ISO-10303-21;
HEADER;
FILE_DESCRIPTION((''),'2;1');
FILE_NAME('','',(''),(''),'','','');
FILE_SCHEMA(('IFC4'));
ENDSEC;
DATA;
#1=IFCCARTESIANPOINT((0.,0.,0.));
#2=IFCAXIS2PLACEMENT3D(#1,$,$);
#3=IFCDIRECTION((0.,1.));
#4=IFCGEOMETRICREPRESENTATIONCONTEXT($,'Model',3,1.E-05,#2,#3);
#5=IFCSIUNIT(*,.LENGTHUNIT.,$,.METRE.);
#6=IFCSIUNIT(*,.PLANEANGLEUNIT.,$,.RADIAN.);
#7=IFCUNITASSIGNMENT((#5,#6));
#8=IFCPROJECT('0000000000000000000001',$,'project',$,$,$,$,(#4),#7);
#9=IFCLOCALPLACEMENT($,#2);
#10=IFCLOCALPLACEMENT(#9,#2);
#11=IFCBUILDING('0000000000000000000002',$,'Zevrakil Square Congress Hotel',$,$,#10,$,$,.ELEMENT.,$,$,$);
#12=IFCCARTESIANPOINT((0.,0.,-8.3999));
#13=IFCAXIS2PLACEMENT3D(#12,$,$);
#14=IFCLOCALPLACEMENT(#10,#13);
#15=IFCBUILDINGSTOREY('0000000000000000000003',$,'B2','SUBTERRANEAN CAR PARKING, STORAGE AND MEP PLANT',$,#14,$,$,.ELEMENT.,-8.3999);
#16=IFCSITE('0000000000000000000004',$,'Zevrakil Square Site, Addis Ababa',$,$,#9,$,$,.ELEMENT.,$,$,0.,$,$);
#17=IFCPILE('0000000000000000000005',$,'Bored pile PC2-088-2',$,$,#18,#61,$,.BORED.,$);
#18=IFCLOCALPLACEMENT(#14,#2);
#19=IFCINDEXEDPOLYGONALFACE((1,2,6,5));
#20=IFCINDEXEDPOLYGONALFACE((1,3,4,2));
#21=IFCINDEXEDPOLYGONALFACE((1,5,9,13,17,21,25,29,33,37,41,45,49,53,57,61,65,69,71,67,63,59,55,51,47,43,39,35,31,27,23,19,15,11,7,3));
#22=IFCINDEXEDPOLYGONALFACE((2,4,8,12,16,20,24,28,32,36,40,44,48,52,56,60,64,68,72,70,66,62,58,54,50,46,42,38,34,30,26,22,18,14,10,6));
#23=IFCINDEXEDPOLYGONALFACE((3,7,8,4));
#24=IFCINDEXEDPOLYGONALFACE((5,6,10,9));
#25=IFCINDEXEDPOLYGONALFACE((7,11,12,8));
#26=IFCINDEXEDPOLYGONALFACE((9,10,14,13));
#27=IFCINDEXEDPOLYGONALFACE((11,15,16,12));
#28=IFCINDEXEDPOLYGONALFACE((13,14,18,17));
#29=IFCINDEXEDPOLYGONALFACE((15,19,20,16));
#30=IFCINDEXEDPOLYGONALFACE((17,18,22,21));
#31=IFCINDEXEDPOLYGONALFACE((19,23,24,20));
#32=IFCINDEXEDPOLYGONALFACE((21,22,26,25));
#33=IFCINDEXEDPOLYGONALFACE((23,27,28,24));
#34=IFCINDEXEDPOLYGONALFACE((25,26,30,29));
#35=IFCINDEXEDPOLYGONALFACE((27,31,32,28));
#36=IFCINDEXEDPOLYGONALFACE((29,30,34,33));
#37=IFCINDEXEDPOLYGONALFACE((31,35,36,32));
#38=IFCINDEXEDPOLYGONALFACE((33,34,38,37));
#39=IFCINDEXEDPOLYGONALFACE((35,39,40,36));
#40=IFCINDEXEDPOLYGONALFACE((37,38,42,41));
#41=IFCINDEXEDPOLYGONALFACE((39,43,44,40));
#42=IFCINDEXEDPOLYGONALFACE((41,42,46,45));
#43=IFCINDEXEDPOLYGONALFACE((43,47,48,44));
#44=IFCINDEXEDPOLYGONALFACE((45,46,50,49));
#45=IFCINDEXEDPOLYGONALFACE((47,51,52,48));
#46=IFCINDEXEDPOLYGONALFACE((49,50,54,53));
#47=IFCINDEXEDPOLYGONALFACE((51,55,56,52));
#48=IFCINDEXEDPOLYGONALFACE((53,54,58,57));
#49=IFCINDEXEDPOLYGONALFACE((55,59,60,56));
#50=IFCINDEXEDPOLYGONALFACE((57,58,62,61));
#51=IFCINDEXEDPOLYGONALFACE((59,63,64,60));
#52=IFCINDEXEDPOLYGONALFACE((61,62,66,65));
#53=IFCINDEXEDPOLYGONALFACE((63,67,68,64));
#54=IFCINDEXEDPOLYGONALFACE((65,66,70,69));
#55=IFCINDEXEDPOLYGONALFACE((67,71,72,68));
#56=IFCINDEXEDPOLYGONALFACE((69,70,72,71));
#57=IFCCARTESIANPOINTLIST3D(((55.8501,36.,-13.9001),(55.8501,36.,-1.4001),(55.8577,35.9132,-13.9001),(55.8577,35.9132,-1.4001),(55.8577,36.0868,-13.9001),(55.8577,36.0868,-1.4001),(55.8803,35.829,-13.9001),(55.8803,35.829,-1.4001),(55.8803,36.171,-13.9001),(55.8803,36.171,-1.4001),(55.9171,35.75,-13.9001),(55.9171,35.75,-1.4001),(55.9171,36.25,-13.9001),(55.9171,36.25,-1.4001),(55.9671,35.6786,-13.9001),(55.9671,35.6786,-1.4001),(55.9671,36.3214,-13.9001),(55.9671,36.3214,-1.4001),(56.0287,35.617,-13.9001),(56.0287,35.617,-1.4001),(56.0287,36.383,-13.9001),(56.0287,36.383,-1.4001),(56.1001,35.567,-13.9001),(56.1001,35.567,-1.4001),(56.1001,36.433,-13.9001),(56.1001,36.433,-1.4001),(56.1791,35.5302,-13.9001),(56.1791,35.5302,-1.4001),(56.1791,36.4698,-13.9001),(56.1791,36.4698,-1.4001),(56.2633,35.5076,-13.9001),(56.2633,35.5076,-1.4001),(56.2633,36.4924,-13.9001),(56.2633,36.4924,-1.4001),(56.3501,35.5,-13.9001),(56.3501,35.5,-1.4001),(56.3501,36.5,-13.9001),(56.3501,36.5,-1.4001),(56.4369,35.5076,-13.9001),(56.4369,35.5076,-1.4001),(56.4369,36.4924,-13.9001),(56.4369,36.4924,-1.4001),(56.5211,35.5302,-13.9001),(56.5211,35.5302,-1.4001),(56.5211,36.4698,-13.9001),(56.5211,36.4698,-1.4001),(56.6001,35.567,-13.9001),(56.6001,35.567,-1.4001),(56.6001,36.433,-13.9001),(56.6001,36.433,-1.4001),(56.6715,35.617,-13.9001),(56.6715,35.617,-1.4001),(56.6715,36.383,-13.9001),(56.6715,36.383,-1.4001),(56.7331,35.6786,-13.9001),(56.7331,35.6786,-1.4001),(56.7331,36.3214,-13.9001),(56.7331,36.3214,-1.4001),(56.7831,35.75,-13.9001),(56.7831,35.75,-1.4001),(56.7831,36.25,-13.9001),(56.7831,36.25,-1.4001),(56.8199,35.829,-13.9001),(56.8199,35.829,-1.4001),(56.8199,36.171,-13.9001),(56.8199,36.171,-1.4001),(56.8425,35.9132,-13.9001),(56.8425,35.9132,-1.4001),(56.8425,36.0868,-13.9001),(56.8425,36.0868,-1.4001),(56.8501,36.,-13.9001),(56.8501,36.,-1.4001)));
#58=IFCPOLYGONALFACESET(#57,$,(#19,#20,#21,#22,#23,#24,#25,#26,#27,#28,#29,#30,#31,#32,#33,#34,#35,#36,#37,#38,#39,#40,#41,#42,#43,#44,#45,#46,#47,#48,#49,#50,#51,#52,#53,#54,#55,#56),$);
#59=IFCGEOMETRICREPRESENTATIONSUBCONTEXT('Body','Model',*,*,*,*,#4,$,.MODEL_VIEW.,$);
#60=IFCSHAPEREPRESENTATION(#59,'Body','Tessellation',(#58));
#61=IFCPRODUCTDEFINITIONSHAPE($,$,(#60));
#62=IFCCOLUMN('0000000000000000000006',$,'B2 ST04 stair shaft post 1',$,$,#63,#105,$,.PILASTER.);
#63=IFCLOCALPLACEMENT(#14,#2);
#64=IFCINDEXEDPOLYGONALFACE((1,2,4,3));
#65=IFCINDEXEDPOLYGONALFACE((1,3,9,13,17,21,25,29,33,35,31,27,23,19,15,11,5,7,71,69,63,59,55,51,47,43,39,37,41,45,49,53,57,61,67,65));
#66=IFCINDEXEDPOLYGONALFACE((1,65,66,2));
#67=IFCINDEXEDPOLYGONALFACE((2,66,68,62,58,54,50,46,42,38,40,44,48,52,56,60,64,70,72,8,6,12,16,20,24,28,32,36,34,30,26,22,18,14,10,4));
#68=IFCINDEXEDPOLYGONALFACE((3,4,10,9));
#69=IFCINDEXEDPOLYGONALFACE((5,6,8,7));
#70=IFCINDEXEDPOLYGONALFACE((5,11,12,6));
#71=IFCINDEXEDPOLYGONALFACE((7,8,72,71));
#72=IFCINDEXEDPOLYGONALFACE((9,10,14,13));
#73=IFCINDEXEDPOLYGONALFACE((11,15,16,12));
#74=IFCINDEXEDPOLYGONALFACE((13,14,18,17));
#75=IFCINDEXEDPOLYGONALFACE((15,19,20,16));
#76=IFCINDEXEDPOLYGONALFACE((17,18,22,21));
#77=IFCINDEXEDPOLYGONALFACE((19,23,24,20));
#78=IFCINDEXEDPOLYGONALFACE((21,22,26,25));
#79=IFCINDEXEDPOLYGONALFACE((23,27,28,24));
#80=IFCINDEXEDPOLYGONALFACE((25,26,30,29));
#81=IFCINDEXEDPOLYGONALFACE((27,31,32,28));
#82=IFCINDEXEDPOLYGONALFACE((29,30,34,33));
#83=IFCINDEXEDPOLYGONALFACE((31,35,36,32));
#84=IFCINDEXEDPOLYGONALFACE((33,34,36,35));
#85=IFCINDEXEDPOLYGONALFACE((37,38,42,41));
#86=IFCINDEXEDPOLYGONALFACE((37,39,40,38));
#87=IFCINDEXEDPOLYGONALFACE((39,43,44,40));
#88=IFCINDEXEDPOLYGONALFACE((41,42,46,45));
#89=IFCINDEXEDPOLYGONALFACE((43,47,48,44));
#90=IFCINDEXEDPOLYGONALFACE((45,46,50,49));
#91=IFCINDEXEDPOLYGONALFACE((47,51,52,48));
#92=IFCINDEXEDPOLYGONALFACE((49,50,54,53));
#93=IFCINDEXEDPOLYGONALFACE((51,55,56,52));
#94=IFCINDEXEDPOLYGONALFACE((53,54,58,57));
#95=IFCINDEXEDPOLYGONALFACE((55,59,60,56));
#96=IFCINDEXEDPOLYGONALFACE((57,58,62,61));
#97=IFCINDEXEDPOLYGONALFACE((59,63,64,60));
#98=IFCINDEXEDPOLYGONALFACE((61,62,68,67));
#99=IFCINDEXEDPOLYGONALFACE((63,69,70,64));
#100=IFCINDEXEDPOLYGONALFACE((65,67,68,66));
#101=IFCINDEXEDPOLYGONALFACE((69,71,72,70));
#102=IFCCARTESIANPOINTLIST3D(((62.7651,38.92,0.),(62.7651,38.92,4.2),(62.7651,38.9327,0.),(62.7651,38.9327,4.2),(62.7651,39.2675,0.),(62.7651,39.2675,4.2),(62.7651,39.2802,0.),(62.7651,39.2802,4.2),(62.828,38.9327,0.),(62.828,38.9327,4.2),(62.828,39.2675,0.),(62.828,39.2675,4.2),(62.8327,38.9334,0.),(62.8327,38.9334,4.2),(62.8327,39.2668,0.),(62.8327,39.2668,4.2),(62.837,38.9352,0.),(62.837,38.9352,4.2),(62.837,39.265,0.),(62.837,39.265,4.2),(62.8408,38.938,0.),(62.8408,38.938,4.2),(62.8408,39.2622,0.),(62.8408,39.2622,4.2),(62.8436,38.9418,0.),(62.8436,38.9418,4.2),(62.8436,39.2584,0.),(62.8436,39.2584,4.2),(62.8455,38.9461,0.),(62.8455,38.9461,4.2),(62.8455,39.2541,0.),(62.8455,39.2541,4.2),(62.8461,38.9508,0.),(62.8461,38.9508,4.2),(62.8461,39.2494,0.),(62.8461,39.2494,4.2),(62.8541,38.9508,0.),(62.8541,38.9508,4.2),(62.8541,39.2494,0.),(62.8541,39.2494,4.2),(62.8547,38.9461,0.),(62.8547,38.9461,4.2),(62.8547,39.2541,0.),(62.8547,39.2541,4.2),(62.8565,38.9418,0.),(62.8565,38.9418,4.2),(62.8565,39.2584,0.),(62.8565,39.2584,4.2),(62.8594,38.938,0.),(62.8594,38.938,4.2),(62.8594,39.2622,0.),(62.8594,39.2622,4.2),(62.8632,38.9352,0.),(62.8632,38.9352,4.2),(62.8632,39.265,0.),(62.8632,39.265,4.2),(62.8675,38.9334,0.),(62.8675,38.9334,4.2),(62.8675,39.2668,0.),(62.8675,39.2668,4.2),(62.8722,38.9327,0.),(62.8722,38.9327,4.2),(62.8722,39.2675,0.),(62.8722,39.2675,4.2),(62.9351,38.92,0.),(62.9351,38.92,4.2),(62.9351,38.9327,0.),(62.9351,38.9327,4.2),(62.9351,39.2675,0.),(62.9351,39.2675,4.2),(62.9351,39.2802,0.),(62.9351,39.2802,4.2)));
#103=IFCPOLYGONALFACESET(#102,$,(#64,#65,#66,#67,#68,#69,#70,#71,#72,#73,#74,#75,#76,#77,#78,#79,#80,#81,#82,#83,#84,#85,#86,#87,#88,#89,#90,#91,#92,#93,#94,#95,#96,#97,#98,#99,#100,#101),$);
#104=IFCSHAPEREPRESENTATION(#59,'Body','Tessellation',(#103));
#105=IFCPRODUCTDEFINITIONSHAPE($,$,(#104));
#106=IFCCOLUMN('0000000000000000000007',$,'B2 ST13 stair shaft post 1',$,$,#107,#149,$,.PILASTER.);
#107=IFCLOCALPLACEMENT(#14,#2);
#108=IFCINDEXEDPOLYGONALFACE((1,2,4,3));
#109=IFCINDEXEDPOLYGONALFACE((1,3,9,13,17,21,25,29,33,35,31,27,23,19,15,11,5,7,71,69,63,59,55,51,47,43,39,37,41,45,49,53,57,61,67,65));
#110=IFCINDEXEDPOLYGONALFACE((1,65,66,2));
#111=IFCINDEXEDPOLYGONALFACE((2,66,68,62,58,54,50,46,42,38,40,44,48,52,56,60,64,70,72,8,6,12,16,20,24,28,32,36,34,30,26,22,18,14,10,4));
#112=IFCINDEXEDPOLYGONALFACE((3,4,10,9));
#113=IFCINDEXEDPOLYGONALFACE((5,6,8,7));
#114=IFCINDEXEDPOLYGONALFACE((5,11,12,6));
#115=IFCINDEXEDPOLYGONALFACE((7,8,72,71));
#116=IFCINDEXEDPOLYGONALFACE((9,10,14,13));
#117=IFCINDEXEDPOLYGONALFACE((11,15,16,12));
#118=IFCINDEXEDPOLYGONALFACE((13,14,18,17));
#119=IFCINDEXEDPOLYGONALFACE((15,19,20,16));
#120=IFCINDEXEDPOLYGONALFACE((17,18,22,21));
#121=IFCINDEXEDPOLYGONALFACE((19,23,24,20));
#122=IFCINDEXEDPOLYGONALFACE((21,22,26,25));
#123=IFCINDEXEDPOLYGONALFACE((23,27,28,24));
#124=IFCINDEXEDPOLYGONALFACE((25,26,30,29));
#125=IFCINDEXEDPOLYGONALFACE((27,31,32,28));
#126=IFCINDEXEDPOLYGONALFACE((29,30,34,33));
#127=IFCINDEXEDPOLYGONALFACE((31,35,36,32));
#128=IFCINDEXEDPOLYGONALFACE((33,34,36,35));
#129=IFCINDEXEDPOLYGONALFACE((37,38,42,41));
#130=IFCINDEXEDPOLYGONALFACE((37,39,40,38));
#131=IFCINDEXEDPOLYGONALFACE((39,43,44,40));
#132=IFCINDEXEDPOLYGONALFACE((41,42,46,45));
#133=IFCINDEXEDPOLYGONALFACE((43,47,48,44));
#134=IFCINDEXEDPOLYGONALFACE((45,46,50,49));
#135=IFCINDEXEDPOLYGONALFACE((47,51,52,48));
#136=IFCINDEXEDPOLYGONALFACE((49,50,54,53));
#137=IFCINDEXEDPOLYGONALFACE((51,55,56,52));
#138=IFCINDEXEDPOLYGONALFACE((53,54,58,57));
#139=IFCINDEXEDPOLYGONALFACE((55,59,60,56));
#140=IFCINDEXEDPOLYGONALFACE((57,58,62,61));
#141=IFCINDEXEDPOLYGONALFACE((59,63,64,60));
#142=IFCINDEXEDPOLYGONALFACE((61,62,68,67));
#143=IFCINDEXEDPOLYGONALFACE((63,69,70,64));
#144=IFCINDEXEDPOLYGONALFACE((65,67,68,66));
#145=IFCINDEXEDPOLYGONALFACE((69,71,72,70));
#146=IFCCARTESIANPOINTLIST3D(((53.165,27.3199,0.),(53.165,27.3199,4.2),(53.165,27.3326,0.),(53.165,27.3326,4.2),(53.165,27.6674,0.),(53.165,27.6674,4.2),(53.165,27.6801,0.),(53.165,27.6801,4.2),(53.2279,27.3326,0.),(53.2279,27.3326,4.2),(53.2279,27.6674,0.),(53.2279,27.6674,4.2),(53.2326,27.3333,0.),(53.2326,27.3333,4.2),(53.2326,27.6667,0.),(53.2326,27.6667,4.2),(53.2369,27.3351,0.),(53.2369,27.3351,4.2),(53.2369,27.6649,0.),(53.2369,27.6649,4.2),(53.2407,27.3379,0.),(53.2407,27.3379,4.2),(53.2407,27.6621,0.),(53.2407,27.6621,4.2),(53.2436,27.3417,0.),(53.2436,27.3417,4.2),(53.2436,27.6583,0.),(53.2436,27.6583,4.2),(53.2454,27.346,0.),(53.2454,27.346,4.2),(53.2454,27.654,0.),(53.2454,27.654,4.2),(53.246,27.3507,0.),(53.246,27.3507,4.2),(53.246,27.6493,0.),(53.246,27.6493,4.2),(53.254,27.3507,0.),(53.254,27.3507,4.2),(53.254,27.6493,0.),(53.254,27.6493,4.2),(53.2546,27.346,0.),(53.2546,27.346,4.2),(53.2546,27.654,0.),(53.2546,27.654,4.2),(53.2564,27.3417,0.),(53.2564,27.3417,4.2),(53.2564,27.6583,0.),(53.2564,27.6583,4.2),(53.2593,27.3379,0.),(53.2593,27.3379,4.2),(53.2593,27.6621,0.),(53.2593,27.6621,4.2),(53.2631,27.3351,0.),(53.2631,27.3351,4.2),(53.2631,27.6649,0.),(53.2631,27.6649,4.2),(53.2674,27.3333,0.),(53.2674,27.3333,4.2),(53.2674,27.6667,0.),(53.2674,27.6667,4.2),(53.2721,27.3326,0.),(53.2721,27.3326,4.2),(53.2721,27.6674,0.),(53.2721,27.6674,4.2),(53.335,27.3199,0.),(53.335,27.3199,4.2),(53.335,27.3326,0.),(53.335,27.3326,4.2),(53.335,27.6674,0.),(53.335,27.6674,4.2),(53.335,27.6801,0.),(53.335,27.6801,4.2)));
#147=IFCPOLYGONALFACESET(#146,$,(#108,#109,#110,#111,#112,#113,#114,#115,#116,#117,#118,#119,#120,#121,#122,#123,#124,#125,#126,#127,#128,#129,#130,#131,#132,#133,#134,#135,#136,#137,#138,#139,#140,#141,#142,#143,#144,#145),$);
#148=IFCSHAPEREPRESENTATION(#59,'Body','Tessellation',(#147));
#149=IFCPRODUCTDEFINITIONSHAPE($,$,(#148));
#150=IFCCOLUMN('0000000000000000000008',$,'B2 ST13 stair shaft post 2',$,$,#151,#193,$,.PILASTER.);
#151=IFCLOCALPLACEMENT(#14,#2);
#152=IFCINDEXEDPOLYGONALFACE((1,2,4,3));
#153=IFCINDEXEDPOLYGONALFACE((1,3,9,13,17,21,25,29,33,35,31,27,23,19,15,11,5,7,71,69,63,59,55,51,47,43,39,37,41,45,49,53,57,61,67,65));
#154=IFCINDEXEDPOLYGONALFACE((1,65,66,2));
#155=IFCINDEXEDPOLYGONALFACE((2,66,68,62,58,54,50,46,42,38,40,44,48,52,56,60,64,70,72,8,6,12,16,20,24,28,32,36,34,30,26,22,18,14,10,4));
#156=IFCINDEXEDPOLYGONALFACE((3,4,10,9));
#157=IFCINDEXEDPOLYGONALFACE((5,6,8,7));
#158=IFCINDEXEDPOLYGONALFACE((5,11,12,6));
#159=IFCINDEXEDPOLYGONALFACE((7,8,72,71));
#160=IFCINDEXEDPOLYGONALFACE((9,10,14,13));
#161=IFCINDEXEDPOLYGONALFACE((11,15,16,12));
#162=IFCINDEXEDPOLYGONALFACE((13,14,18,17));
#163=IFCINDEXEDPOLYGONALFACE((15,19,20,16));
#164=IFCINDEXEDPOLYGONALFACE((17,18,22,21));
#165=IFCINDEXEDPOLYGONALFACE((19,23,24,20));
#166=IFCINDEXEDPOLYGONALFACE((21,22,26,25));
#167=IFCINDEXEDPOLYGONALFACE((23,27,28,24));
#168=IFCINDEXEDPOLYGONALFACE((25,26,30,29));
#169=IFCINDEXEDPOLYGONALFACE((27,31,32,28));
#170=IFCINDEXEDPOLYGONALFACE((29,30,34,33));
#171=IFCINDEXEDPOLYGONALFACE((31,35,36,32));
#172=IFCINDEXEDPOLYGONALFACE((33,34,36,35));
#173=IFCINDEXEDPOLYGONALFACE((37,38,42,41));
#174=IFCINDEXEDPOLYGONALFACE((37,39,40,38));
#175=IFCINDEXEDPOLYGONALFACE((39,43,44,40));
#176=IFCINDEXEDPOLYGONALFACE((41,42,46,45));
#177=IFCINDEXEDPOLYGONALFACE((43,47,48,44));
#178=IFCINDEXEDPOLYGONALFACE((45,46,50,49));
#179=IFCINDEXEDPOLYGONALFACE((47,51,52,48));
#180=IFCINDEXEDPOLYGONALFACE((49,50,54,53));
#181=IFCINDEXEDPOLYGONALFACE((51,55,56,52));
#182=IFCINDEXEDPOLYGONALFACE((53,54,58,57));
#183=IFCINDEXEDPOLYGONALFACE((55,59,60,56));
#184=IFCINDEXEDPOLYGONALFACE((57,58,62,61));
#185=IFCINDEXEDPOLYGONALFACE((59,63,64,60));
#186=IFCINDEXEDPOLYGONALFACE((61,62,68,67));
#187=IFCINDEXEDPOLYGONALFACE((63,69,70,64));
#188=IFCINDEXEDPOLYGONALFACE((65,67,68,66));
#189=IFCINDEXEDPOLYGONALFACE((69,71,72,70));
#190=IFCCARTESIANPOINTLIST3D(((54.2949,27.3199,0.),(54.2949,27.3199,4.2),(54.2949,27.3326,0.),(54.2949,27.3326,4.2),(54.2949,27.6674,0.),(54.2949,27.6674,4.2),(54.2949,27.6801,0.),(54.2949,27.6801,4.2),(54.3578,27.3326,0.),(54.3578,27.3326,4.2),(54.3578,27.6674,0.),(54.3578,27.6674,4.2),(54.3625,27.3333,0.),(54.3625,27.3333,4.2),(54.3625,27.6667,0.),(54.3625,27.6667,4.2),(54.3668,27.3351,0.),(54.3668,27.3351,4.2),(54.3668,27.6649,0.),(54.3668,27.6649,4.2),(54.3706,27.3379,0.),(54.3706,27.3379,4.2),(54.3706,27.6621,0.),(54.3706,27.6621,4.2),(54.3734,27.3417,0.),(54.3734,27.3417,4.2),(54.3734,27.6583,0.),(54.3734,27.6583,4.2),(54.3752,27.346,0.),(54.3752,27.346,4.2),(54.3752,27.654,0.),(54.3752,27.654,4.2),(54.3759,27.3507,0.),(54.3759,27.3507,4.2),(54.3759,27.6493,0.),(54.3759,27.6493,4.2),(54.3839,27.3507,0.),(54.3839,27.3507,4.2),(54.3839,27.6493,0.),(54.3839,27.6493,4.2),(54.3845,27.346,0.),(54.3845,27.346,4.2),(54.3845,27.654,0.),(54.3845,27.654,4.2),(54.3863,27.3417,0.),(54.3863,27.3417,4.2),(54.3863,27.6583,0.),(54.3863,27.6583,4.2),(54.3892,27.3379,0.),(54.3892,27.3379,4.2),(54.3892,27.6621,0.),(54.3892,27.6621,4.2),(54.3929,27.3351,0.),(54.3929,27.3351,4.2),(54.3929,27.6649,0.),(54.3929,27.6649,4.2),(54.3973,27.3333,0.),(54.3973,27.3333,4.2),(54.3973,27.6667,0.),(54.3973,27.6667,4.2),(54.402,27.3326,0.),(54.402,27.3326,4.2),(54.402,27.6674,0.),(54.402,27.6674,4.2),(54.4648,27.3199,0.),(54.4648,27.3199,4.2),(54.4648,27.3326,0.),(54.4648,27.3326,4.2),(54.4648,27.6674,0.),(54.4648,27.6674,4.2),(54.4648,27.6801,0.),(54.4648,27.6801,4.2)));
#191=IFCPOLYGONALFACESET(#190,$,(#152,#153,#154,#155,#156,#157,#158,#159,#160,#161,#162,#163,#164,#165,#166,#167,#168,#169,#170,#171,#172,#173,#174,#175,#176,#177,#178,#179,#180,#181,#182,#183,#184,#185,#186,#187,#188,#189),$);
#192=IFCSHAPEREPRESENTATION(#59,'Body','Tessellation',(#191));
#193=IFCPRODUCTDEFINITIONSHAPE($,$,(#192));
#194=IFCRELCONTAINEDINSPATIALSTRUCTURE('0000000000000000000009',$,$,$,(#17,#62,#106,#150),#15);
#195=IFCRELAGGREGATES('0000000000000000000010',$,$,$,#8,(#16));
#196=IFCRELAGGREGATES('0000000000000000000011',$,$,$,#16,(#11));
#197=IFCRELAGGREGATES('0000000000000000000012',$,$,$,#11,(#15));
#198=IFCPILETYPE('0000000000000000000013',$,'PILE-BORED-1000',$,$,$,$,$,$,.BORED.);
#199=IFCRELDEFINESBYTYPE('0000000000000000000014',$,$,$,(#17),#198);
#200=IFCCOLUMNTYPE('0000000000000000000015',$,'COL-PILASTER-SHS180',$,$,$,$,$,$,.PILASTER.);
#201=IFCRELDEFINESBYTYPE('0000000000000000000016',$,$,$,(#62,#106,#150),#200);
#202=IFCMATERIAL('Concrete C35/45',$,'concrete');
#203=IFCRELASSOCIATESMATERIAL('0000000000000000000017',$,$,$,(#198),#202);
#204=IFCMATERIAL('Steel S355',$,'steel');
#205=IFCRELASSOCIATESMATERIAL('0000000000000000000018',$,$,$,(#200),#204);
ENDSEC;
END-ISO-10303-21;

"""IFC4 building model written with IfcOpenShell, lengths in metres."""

from ifc_helpers import new_model, si_unit, direction, frame, origin, origin_2d, place, context, subcontext, project, spatial, circle, i_section, extrude, material, material_profile, profile_set, type_object, element, save


model = new_model("IFC4")

# Units and contexts
model_context = context("Model", 3, precision=1e-05, world=origin(), true_north=direction((0.0, 1.0)))
body_context = subcontext(model_context, "Body", "Model", "MODEL_VIEW")
ifc_project = project(units=[si_unit("LENGTHUNIT", "METRE"), si_unit("PLANEANGLEUNIT", "RADIAN")], contexts=[model_context])

# Site, building, storey
site_placement = place(None, origin())
site = spatial("IfcSite", under=ifc_project, at=site_placement, Name="Zevrakil Square Site, Addis Ababa", CompositionType="ELEMENT", RefElevation=0.0)
building_placement = place(site_placement, origin())
building = spatial("IfcBuilding", under=site, at=building_placement, Name="Zevrakil Square Congress Hotel", CompositionType="ELEMENT")
storey_placement = place(building_placement, frame((0.0, 0.0, -8.3999)))
storey = spatial("IfcBuildingStorey", under=building, at=storey_placement, Name="B2", Description="SUBTERRANEAN CAR PARKING, STORAGE AND MEP PLANT", CompositionType="ELEMENT", Elevation=-8.3999)

# Pile
ifc_material_1 = material(Name="Concrete C35/45", Category="concrete")
ifc_material_profile_1 = material_profile(ifc_material_1, circle(Radius=0.5, at=origin_2d()), Name="PILE D1000")
ifc_profile_set_1 = profile_set([ifc_material_profile_1], Name="Concrete C35/45")
pile_type = type_object("IfcPileType", Name="PILE-BORED-1000", PredefinedType="BORED", material=ifc_profile_set_1)
for number, where, z_axis, x_axis, name in (
    (1, (56.3501, 36.0, -1.4001), (0.0, 0.0, -1.0), (1.0, 0.0, 0.0), "Bored pile PC2-088-2"),
):
    element("IfcPile", number, at=place(storey_placement, frame(where, z_axis=z_axis, x_axis=x_axis)), inside=storey, type_object=pile_type, Name=name, PredefinedType="BORED", context=body_context, shape_type="SweptSolid", body=[
        extrude(circle(Radius=0.5, at=origin_2d()), origin(), (0.0, 0.0, 1.0), 12.5),
    ])

# Columns
ifc_material_2 = material(Name="Steel S355", Category="steel")
ifc_material_profile_2 = material_profile(ifc_material_2, i_section(OverallWidth=0.1699, OverallDepth=0.3601, WebThickness=0.0081, FlangeThickness=0.0127, FilletRadius=0.0181, at=origin_2d()), Name="IPE 360")
ifc_profile_set_2 = profile_set([ifc_material_profile_2], Name="Steel S355")
column_type_1 = type_object("IfcColumnType", Name="COL-PILASTER-SHS180", PredefinedType="PILASTER", material=ifc_profile_set_2)
for number, where, z_axis, x_axis, name in (
    (2, (62.8501, 39.1001, 0.0), (0.0, 0.0, 1.0), (1.0, 0.0, 0.0), "B2 ST04 stair shaft post 1"),
    (3, (53.25, 27.5, 0.0), (0.0, 0.0, 1.0), (1.0, 0.0, 0.0), "B2 ST13 stair shaft post 1"),
    (4, (54.3799, 27.5, 0.0), (0.0, 0.0, 1.0), (1.0, 0.0, 0.0), "B2 ST13 stair shaft post 2"),
):
    element("IfcColumn", number, at=place(storey_placement, frame(where, z_axis=z_axis, x_axis=x_axis)), inside=storey, type_object=column_type_1, Name=name, PredefinedType="PILASTER", context=body_context, shape_type="SweptSolid", body=[
        extrude(i_section(OverallWidth=0.1699, OverallDepth=0.3601, WebThickness=0.0081, FlangeThickness=0.0127, FilletRadius=0.0181, at=origin_2d()), origin(), (0.0, 0.0, 1.0), 4.2),
    ])

save(model, "model.ifc")
